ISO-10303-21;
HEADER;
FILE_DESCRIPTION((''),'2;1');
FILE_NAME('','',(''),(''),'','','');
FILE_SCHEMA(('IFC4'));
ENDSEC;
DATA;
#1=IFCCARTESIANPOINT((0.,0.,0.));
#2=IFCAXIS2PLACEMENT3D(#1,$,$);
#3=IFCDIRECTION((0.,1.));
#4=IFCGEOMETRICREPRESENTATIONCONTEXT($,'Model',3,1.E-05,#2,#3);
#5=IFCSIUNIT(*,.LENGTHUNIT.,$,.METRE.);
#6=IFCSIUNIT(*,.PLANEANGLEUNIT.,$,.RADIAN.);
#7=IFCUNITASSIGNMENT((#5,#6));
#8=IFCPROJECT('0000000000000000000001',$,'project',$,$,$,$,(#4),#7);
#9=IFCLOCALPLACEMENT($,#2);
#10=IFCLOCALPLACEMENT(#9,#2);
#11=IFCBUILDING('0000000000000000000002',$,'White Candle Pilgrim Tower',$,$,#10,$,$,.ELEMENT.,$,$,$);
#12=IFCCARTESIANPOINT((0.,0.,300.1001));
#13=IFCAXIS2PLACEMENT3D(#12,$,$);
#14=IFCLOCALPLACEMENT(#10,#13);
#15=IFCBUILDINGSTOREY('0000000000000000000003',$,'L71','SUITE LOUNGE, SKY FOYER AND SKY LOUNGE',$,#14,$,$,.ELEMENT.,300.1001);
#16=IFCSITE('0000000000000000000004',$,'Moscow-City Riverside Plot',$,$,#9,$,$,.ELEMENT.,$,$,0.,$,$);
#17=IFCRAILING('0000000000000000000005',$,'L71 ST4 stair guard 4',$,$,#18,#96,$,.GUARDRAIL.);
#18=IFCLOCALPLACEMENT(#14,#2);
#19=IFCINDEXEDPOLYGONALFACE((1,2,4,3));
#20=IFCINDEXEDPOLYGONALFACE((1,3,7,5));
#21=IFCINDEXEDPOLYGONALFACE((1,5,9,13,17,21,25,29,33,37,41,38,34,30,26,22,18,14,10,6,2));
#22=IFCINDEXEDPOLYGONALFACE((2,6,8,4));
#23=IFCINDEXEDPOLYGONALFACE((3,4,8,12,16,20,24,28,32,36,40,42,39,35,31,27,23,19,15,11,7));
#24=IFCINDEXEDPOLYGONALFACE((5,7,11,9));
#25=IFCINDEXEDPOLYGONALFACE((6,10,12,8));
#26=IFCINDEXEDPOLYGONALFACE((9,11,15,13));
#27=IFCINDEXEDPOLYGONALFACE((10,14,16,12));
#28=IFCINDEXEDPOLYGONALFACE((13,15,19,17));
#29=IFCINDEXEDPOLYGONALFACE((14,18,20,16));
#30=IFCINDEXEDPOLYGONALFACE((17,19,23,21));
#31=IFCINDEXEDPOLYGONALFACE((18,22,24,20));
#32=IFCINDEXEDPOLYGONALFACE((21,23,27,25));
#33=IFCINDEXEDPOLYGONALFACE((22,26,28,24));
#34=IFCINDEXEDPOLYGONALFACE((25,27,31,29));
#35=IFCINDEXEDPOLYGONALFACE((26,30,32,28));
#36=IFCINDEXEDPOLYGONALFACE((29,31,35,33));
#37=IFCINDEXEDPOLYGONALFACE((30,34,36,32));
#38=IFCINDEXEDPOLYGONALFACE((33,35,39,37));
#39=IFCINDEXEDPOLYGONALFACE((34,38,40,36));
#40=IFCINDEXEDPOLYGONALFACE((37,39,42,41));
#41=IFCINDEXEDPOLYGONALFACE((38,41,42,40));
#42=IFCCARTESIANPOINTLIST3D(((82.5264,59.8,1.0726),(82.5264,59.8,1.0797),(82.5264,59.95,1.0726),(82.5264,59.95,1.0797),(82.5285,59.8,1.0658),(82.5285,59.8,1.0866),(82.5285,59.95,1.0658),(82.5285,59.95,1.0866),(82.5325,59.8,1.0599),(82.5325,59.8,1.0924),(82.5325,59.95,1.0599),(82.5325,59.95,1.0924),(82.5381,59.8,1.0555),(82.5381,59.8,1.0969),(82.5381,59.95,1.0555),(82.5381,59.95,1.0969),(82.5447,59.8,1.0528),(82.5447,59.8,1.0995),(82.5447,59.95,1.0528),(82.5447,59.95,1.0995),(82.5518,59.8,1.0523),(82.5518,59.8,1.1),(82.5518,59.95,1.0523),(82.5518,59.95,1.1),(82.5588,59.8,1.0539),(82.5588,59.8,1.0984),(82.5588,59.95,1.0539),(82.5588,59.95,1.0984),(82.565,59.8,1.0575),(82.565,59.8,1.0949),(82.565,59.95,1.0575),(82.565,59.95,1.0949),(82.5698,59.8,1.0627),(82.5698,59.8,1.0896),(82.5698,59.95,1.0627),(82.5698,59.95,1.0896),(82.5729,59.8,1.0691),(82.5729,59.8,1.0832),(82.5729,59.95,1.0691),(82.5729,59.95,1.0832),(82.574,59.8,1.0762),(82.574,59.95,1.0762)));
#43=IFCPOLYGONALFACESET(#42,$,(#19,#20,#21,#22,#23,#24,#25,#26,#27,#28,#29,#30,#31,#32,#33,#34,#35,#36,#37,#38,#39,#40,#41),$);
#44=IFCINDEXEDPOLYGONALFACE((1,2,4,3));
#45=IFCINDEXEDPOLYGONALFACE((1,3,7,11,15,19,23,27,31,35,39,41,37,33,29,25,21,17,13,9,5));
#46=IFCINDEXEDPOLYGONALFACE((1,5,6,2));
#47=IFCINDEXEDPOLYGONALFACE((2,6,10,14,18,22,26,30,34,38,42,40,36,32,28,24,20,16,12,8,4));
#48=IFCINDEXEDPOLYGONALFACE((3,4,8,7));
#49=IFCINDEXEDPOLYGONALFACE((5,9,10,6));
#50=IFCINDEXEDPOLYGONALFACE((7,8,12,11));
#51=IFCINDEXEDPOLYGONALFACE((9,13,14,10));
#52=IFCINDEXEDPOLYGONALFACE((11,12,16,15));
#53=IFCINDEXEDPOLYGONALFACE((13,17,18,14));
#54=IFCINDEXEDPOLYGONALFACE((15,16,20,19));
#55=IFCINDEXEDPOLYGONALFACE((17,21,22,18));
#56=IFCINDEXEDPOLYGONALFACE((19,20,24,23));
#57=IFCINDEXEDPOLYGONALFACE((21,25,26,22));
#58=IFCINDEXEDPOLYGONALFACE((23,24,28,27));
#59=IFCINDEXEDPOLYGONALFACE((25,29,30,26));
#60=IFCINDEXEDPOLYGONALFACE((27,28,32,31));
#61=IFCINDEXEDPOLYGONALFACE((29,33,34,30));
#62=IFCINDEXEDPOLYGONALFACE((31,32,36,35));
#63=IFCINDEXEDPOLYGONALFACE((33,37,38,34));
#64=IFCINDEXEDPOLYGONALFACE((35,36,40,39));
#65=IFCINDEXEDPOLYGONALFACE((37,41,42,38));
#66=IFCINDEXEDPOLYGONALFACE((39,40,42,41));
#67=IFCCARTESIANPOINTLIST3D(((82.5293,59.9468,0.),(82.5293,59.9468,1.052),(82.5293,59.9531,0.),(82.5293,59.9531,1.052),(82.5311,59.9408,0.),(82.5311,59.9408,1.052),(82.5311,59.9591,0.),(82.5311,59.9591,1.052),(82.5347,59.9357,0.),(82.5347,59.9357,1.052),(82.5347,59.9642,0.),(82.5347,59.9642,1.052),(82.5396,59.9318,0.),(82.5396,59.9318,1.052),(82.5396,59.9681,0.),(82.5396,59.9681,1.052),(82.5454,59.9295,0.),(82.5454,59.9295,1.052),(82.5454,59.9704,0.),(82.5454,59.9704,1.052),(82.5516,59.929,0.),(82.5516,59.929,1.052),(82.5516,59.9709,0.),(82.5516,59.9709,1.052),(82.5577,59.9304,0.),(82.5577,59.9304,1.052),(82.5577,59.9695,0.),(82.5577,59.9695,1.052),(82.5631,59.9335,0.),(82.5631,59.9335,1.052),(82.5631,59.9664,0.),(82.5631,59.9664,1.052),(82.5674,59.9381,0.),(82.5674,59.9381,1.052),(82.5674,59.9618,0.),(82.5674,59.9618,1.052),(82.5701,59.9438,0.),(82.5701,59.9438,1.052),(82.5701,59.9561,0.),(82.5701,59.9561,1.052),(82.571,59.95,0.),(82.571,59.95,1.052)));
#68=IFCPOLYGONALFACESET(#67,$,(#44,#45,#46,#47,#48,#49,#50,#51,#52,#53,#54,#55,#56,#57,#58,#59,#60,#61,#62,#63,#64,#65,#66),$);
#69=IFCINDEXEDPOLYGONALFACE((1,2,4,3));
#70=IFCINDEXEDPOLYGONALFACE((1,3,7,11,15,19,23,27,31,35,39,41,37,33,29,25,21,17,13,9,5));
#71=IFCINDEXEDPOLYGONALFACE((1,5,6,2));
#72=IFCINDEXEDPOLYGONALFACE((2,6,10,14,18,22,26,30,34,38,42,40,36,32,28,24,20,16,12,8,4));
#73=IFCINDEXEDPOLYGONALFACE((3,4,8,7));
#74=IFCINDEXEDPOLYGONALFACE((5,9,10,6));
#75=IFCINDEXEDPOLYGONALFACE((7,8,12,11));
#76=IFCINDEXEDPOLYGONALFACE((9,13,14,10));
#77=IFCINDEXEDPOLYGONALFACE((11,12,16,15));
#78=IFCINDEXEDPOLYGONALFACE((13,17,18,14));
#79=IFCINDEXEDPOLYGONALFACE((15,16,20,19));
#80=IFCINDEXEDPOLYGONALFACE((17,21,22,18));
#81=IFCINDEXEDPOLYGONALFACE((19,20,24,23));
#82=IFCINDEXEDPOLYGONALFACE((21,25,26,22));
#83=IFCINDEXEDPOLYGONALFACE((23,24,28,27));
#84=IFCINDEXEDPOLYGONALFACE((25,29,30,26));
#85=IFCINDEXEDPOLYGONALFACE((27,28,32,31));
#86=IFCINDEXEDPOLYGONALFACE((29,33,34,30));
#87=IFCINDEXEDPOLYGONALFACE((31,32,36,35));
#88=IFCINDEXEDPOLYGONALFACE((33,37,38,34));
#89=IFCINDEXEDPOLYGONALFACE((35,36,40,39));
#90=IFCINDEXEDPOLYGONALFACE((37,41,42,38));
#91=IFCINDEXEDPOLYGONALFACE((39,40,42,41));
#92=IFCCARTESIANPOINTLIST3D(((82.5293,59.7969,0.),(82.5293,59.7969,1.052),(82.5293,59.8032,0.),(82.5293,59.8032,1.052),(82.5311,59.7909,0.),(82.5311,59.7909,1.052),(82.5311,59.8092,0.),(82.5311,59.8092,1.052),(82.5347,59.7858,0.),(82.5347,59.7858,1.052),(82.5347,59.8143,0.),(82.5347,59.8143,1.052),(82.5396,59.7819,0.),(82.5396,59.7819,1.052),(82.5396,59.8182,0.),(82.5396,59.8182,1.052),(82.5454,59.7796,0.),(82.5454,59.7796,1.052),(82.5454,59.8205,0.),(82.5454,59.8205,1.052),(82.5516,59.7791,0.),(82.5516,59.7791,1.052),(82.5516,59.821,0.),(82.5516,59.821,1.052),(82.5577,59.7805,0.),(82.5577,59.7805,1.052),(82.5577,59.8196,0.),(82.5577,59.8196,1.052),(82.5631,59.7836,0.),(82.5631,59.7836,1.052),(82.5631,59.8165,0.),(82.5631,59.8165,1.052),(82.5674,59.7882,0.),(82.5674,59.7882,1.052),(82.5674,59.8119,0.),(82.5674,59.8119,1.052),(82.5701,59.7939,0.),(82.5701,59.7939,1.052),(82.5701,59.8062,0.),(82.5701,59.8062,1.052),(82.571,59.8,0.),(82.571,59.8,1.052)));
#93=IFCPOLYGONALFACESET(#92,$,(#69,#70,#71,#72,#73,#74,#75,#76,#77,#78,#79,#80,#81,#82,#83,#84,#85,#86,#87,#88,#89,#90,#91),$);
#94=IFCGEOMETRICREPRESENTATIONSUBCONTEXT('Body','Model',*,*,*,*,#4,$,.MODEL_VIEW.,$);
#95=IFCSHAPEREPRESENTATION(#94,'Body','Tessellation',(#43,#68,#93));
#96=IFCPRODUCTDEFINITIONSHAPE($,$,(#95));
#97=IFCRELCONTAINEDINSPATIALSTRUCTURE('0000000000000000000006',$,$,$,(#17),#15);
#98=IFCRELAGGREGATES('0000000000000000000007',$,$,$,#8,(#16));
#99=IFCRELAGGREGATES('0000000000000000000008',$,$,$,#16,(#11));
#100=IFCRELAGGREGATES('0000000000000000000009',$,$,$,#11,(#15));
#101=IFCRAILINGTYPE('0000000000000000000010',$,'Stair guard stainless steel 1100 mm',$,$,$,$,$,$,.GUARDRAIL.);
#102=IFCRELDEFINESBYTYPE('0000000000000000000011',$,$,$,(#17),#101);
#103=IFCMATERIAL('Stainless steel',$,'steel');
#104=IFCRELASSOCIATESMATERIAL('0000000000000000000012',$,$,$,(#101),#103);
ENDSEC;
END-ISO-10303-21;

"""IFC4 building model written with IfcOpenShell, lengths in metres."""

from ifc_helpers import new_model, si_unit, direction, frame, origin, origin_2d, place, context, subcontext, project, spatial, circle, extrude, material, type_object, element, save


model = new_model("IFC4")

# Units and contexts
model_context = context("Model", 3, precision=1e-05, world=origin(), true_north=direction((0.0, 1.0)))
body_context = subcontext(model_context, "Body", "Model", "MODEL_VIEW")
ifc_project = project(units=[si_unit("LENGTHUNIT", "METRE"), si_unit("PLANEANGLEUNIT", "RADIAN")], contexts=[model_context])

# Site, building, storey
site_placement = place(None, origin())
site = spatial("IfcSite", under=ifc_project, at=site_placement, Name="Moscow-City Riverside Plot", CompositionType="ELEMENT", RefElevation=0.0)
building_placement = place(site_placement, origin())
building = spatial("IfcBuilding", under=site, at=building_placement, Name="White Candle Pilgrim Tower", CompositionType="ELEMENT")
storey_placement = place(building_placement, frame((0.0, 0.0, 300.1001)))
storey = spatial("IfcBuildingStorey", under=building, at=storey_placement, Name="L71", Description="SUITE LOUNGE, SKY FOYER AND SKY LOUNGE", CompositionType="ELEMENT", Elevation=300.1001)

# Railing
ifc_material_1 = material(Name="Stainless steel", Category="steel")
railing_type_1 = type_object("IfcRailingType", Name="Stair guard stainless steel 1100 mm", PredefinedType="GUARDRAIL", material=ifc_material_1)
railing_1_placement = place(storey_placement, frame((82.55, 59.95, 0.0)))
element("IfcRailing", 1, at=railing_1_placement, inside=storey, type_object=railing_type_1, Name="L71 ST4 stair guard 4", PredefinedType="GUARDRAIL", context=body_context, shape_type="SweptSolid", body=[
    extrude(circle(Radius=0.0239, at=origin_2d()), frame((0.0, 0.0, 1.0762), z_axis=(0.0, -1.0, 0.0), x_axis=(1.0, 0.0, 0.0)), (0.0, 0.0, 1.0), 0.1499),
    extrude(circle(Radius=0.021, at=origin_2d()), origin(), (0.0, 0.0, 1.0), 1.052),
    extrude(circle(Radius=0.021, at=origin_2d()), frame((0.0, -0.1499, 0.0)), (0.0, 0.0, 1.0), 1.052),
])

save(model, "model.ifc")
